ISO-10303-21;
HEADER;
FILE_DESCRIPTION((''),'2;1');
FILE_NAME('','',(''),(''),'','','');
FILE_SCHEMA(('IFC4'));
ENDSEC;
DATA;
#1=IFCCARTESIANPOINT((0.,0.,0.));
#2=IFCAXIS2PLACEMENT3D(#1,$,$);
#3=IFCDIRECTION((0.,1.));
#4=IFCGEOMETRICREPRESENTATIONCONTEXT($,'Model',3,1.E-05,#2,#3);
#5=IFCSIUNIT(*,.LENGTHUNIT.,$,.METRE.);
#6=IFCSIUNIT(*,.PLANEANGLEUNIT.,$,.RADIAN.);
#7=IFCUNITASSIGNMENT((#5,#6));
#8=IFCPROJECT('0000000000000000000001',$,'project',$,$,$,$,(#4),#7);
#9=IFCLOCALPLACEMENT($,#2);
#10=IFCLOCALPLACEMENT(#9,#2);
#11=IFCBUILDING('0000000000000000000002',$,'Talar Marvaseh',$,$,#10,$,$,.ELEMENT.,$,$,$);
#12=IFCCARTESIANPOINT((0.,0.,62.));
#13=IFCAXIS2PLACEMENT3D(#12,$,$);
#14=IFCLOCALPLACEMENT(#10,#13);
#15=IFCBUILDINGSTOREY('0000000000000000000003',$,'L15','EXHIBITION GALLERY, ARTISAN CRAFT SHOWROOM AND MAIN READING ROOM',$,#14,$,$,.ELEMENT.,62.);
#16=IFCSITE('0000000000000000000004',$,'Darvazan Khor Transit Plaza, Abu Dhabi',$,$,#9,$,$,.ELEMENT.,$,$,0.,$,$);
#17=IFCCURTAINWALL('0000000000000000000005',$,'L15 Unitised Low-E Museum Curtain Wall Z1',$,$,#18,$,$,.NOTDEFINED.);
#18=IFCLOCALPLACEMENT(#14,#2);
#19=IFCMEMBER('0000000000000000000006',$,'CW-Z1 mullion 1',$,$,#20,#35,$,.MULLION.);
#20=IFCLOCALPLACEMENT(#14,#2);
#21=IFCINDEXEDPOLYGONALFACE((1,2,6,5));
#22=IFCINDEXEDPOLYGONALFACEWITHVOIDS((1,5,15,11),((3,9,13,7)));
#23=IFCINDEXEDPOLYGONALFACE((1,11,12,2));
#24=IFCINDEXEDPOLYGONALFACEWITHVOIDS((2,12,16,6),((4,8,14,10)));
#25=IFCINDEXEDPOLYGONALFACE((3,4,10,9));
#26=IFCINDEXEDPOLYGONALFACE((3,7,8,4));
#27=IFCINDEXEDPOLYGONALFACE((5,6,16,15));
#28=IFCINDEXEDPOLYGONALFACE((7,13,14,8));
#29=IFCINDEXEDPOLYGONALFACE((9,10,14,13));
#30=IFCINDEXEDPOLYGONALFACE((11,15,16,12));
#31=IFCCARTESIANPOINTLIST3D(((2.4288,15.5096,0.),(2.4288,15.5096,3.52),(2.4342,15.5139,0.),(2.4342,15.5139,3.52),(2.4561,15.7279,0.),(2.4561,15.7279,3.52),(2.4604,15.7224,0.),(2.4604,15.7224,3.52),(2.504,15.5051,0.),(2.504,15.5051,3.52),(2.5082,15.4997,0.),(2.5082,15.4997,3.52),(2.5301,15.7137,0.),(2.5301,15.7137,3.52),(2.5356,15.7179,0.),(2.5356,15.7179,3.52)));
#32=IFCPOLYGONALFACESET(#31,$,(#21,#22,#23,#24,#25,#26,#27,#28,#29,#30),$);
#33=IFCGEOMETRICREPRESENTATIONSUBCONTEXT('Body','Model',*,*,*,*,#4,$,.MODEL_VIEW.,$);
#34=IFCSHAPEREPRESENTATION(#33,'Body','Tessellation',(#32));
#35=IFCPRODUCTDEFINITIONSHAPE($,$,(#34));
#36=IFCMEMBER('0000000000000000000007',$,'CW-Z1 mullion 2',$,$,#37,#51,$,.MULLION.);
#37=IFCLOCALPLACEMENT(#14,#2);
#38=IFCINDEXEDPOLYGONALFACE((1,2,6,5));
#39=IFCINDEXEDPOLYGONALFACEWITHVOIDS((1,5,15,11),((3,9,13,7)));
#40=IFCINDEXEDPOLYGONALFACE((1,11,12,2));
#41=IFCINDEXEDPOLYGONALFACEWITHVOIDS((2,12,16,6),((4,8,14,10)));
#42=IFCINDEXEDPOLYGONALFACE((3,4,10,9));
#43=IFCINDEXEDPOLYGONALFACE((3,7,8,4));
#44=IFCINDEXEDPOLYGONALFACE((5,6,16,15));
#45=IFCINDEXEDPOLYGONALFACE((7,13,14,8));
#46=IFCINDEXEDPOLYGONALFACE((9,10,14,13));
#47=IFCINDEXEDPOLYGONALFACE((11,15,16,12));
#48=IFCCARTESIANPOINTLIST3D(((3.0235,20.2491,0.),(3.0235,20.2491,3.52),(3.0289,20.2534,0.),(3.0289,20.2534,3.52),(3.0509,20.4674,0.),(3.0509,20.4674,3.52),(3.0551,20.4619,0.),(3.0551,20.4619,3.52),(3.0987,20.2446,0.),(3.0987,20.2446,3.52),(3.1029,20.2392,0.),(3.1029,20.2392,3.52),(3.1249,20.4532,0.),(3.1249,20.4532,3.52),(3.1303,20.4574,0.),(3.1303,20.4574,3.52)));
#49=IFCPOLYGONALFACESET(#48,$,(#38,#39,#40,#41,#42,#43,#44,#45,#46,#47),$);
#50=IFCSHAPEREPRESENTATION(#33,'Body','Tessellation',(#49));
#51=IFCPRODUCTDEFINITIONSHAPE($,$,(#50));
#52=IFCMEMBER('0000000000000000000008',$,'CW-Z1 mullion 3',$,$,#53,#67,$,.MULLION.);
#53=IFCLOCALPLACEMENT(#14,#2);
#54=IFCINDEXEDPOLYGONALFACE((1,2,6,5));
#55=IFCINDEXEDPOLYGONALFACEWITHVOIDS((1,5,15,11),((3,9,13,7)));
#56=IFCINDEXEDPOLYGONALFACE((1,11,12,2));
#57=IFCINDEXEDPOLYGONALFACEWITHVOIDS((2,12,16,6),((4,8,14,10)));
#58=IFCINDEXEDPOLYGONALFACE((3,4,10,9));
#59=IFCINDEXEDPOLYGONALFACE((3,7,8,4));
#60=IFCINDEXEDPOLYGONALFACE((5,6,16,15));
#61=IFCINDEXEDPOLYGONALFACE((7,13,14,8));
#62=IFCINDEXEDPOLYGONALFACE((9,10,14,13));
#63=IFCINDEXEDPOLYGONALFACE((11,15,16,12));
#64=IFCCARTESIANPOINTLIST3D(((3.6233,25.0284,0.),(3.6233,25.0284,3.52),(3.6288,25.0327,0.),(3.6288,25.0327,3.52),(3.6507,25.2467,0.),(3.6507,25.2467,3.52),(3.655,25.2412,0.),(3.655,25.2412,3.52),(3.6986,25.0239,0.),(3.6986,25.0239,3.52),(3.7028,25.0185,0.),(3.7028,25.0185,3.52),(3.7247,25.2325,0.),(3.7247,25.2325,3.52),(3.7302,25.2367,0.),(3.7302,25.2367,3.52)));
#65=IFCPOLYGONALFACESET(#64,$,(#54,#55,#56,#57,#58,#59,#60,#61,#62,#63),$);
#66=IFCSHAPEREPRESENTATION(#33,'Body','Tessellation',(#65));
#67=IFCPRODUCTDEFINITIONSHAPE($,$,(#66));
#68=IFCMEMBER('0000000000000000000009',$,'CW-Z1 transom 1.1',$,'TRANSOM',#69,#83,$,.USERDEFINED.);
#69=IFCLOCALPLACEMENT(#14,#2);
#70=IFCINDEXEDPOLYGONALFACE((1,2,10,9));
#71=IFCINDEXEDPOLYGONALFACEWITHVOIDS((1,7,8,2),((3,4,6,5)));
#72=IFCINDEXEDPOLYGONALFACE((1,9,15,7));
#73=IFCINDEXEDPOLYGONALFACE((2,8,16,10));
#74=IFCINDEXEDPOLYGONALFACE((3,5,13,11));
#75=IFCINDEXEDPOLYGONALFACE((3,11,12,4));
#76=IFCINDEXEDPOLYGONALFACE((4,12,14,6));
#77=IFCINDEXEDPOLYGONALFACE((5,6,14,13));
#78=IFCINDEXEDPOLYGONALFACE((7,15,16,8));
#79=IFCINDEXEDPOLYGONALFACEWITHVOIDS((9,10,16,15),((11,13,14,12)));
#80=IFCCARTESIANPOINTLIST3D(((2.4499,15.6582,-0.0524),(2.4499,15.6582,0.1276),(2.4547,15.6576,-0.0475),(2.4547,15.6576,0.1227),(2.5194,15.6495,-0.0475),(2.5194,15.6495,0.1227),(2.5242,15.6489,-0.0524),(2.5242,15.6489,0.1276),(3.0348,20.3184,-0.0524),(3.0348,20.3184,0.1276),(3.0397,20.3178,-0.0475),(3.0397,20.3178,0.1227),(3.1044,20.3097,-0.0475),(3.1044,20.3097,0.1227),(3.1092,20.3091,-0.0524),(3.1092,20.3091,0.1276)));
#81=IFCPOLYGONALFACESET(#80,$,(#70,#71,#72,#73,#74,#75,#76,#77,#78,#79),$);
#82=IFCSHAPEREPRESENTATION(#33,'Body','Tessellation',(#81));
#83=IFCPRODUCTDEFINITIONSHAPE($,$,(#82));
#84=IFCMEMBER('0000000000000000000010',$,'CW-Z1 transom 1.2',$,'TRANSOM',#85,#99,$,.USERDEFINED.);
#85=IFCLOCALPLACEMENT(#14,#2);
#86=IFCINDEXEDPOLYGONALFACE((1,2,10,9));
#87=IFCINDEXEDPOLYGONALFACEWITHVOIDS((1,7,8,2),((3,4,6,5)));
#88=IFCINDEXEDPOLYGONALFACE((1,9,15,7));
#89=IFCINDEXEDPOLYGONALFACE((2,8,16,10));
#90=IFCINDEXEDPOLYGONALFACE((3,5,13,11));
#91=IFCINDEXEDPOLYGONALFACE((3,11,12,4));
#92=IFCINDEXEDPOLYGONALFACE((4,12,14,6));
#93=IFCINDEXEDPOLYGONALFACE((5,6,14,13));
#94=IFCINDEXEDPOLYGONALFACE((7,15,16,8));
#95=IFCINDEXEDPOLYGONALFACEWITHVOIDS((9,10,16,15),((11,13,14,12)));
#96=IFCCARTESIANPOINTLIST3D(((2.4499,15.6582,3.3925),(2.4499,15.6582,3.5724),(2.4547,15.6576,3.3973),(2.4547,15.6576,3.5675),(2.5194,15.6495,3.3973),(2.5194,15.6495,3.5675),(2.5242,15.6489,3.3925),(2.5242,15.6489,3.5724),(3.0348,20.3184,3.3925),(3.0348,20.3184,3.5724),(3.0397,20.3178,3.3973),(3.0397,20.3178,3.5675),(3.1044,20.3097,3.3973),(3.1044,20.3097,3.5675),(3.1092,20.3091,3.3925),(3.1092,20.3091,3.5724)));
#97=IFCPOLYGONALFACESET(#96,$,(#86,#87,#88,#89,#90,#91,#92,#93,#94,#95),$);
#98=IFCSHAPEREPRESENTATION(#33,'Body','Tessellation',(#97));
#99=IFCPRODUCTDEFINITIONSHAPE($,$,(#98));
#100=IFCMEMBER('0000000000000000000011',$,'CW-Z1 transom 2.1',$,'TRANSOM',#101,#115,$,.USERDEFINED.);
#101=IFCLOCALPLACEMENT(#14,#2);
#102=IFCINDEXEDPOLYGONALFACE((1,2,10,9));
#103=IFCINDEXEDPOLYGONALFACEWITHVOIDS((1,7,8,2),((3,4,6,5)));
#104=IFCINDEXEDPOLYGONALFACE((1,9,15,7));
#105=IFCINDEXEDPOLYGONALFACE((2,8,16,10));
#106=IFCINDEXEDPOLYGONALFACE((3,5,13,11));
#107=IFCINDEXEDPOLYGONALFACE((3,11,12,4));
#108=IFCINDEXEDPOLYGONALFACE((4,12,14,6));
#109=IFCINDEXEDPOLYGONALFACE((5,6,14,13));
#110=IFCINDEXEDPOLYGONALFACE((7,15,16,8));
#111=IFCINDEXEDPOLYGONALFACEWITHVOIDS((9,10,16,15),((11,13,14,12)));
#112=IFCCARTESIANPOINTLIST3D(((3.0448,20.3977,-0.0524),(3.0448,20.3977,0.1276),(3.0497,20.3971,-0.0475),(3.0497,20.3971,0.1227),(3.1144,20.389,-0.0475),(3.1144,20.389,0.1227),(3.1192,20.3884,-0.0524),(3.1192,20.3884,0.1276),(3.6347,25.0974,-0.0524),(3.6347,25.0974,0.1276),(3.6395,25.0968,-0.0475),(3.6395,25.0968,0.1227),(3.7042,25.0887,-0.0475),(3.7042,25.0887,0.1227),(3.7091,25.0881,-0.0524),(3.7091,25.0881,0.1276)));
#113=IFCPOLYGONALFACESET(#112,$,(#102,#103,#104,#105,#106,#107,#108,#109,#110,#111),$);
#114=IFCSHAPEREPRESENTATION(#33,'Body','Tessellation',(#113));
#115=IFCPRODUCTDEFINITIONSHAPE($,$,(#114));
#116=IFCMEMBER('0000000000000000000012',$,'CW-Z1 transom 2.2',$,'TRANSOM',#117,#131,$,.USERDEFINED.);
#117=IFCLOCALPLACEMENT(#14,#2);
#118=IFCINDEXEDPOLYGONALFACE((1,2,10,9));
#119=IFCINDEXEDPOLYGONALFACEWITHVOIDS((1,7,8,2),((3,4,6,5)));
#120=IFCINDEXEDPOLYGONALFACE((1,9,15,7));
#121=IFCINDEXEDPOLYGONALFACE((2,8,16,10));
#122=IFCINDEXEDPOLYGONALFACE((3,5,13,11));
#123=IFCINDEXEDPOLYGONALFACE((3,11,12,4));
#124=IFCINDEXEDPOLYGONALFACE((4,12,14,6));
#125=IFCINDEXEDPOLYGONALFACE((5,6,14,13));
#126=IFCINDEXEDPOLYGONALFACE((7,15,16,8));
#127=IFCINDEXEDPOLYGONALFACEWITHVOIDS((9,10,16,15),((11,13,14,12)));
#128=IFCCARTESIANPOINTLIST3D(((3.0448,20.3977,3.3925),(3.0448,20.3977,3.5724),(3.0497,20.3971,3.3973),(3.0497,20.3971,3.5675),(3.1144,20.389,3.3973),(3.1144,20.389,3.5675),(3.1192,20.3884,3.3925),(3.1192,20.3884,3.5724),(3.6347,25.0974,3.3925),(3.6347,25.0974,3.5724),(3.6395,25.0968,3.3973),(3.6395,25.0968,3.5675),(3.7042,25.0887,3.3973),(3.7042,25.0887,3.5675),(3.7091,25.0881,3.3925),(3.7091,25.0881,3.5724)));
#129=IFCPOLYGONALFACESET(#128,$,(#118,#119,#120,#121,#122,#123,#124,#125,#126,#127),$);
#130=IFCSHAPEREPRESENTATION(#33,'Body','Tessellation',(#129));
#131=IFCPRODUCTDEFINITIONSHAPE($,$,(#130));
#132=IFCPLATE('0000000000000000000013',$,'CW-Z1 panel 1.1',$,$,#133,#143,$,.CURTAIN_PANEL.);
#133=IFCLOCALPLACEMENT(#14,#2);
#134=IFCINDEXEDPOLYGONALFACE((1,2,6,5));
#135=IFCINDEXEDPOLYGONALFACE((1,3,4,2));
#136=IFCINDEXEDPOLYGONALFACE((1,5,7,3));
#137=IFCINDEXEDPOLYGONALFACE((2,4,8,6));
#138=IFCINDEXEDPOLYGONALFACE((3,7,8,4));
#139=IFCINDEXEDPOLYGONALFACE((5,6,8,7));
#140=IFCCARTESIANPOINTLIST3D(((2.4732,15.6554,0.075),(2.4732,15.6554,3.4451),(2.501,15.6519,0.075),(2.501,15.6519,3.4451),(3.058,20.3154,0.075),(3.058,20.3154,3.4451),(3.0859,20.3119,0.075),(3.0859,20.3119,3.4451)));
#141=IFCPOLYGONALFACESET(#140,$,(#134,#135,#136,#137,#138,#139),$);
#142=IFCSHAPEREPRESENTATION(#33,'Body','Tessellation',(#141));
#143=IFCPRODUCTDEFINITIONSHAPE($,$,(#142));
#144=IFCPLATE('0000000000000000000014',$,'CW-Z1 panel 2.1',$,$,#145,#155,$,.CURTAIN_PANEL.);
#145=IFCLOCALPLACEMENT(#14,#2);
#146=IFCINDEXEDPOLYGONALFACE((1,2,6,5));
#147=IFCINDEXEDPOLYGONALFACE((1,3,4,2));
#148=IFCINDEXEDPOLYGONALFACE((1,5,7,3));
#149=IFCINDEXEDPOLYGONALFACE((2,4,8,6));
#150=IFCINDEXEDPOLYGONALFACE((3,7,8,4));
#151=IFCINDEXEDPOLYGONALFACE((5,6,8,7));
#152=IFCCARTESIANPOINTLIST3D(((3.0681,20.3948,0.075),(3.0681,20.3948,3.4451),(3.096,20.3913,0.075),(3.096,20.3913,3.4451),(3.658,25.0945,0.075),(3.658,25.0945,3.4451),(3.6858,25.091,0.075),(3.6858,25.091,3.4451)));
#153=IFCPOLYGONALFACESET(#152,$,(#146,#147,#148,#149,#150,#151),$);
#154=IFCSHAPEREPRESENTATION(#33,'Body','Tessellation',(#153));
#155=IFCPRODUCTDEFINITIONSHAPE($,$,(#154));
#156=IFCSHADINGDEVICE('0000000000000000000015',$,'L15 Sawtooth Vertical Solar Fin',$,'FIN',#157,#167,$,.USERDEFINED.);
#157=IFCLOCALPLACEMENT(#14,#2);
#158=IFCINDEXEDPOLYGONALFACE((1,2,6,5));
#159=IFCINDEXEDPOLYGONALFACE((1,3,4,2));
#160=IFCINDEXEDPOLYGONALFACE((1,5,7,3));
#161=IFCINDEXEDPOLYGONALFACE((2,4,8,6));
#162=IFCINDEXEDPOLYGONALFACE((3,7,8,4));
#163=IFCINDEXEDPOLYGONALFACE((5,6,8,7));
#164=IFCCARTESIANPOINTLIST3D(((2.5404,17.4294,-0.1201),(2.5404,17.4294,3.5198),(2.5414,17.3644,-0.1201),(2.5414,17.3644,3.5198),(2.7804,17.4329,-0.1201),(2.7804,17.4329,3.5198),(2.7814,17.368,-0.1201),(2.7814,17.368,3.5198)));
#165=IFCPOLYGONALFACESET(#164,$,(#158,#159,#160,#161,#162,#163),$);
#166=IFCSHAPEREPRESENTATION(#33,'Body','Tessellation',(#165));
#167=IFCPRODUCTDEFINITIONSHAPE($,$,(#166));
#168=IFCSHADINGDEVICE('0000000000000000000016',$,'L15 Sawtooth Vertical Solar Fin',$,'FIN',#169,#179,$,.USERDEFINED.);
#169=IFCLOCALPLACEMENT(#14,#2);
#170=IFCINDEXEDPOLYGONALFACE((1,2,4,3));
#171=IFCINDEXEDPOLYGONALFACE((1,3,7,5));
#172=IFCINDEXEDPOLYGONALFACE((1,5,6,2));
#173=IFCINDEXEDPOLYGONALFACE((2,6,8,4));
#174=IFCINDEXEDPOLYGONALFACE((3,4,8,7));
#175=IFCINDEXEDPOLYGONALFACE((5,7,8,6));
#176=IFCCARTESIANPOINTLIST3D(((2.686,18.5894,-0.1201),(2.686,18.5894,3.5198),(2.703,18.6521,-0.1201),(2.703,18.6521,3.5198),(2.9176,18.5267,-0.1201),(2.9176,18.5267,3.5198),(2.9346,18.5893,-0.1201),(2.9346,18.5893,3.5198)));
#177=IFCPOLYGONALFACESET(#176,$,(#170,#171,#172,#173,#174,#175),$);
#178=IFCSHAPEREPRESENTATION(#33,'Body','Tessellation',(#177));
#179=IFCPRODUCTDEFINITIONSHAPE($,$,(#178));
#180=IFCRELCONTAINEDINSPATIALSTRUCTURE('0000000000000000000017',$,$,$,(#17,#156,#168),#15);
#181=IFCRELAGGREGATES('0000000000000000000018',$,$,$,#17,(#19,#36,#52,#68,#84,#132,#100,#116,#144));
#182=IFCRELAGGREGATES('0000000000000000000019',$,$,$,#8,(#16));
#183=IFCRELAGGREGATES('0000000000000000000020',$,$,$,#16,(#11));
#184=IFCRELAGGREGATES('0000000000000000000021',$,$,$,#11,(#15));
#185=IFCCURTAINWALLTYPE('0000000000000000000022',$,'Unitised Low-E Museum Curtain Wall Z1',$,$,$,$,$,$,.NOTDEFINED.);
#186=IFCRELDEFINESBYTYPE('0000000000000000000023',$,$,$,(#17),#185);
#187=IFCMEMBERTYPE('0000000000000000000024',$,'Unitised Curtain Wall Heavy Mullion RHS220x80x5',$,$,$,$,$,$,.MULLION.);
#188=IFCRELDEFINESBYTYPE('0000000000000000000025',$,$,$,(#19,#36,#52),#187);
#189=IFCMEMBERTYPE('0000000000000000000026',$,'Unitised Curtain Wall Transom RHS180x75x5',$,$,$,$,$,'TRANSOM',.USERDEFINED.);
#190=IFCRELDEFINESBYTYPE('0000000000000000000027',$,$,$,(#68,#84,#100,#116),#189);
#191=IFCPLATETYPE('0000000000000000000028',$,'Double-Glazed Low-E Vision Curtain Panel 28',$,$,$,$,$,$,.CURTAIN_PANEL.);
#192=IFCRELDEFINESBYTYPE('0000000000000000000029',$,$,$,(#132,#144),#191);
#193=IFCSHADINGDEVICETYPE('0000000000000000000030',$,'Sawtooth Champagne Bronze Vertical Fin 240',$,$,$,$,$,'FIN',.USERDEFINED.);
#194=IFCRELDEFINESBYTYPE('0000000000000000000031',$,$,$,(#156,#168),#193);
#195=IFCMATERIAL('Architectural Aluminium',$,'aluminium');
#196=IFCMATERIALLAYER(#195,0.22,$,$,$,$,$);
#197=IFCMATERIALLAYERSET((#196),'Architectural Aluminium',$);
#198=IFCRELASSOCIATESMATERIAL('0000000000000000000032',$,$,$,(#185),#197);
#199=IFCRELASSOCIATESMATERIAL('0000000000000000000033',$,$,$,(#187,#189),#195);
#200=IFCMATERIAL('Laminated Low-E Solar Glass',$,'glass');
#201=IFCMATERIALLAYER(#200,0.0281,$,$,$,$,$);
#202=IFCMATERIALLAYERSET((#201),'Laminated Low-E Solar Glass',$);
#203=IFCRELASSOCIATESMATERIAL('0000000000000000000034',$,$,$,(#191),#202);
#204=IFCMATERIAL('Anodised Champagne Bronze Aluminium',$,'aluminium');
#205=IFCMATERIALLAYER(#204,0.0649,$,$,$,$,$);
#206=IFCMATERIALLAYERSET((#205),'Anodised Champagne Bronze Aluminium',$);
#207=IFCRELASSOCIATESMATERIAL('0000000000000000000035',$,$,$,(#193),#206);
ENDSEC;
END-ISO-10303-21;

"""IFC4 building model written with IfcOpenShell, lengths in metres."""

from ifc_helpers import new_model, si_unit, direction, frame, origin, origin_2d, place, context, subcontext, project, spatial, rectangle, hollow_rectangle, extrude, source, transform, mapped, material, layer, layer_set, material_profile, profile_set, type_object, type_shapes, element, aggregate, save


model = new_model("IFC4")

# Units and contexts
model_context = context("Model", 3, precision=1e-05, world=origin(), true_north=direction((0.0, 1.0)))
body_context = subcontext(model_context, "Body", "Model", "MODEL_VIEW")
ifc_project = project(units=[si_unit("LENGTHUNIT", "METRE"), si_unit("PLANEANGLEUNIT", "RADIAN")], contexts=[model_context])

# Site, building, storey
site_placement = place(None, origin())
site = spatial("IfcSite", under=ifc_project, at=site_placement, Name="Darvazan Khor Transit Plaza, Abu Dhabi", CompositionType="ELEMENT", RefElevation=0.0)
building_placement = place(site_placement, origin())
building = spatial("IfcBuilding", under=site, at=building_placement, Name="Talar Marvaseh", CompositionType="ELEMENT")
storey_placement = place(building_placement, frame((0.0, 0.0, 62.0)))
storey = spatial("IfcBuildingStorey", under=building, at=storey_placement, Name="L15", Description="EXHIBITION GALLERY, ARTISAN CRAFT SHOWROOM AND MAIN READING ROOM", CompositionType="ELEMENT", Elevation=62.0)

# Curtain wall, members, plates
ifc_material_1 = material(Name="Architectural Aluminium", Category="aluminium")
ifc_layer_1 = layer(ifc_material_1, 0.22)
ifc_layer_set_1 = layer_set([ifc_layer_1], Name="Architectural Aluminium")
curtain_wall_type = type_object("IfcCurtainWallType", Name="Unitised Low-E Museum Curtain Wall Z1", PredefinedType="NOTDEFINED", material=ifc_layer_set_1)
curtain_wall_placement = place(storey_placement, origin())
curtain_wall = element("IfcCurtainWall", 1, at=curtain_wall_placement, inside=storey, type_object=curtain_wall_type, Name="L15 Unitised Low-E Museum Curtain Wall Z1", PredefinedType="NOTDEFINED")
ifc_material_profile_1 = material_profile(ifc_material_1, hollow_rectangle(XDim=0.0801, YDim=0.22, WallThickness=0.0049, at=origin_2d()), Name="RHS220x80x5")
ifc_profile_set_1 = profile_set([ifc_material_profile_1], Name="Architectural Aluminium")
member_type_1 = type_object("IfcMemberType", Name="Unitised Curtain Wall Heavy Mullion RHS220x80x5", PredefinedType="MULLION", material=ifc_profile_set_1)
shared_shape_1 = source(origin(), body_context, "Body", "SweptSolid", [
    extrude(hollow_rectangle(XDim=0.0801, YDim=0.22, WallThickness=0.0049, at=origin_2d()), origin(), (0.0, 0.0, 1.0), 3.52),
])
type_shapes(member_type_1, [shared_shape_1])
member_1_placement = place(storey_placement, frame((2.4822, 15.6138, 0.0), z_axis=(0.0, 0.0, 1.0), x_axis=(-0.992216, 0.124532, 0.0)))
member_1 = element("IfcMember", 2, at=member_1_placement, type_object=member_type_1, Name="CW-Z1 mullion 1", PredefinedType="MULLION", context=body_context, shape_type="MappedRepresentation", body=[
    mapped(shared_shape_1, transform((0.0, 0.0, 0.0), x_axis=(1.0, 0.0, 0.0), y_axis=(0.0, 1.0, 0.0), z_axis=(0.0, 0.0, 1.0), scale=1.0)),
])
member_2_placement = place(storey_placement, frame((3.0769, 20.3533, 0.0), z_axis=(0.0, 0.0, 1.0), x_axis=(-0.992216, 0.124532, 0.0)))
member_2 = element("IfcMember", 3, at=member_2_placement, type_object=member_type_1, Name="CW-Z1 mullion 2", PredefinedType="MULLION", context=body_context, shape_type="MappedRepresentation", body=[
    mapped(shared_shape_1, transform((0.0, 0.0, 0.0), x_axis=(1.0, 0.0, 0.0), y_axis=(0.0, 1.0, 0.0), z_axis=(0.0, 0.0, 1.0), scale=1.0)),
])
member_3_placement = place(storey_placement, frame((3.6768, 25.1326, 0.0), z_axis=(0.0, 0.0, 1.0), x_axis=(-0.992216, 0.124532, 0.0)))
member_3 = element("IfcMember", 4, at=member_3_placement, type_object=member_type_1, Name="CW-Z1 mullion 3", PredefinedType="MULLION", context=body_context, shape_type="MappedRepresentation", body=[
    mapped(shared_shape_1, transform((0.0, 0.0, 0.0), x_axis=(1.0, 0.0, 0.0), y_axis=(0.0, 1.0, 0.0), z_axis=(0.0, 0.0, 1.0), scale=1.0)),
])
ifc_material_profile_2 = material_profile(ifc_material_1, hollow_rectangle(XDim=0.075, YDim=0.1799, WallThickness=0.0049, at=origin_2d()), Name="RHS180x75x5")
ifc_profile_set_2 = profile_set([ifc_material_profile_2], Name="Architectural Aluminium")
member_type_2 = type_object("IfcMemberType", Name="Unitised Curtain Wall Transom RHS180x75x5", ElementType="TRANSOM", PredefinedType="USERDEFINED", material=ifc_profile_set_2)
shared_shape_2 = source(origin(), body_context, "Body", "SweptSolid", [
    extrude(hollow_rectangle(XDim=0.075, YDim=0.1799, WallThickness=0.0049, at=origin_2d()), origin(), (0.0, 0.0, 1.0), 4.6968),
])
member_4_placement = place(storey_placement, frame((2.4871, 15.6536, 0.0376), z_axis=(0.124547, 0.992214, 0.0), x_axis=(-0.992214, 0.124547, 0.0)))
member_4 = element("IfcMember", 5, at=member_4_placement, type_object=member_type_2, Name="CW-Z1 transom 1.1", ObjectType="TRANSOM", PredefinedType="USERDEFINED", context=body_context, shape_type="MappedRepresentation", body=[
    mapped(shared_shape_2, transform((0.0, 0.0, 0.0), x_axis=(1.0, 0.0, 0.0), y_axis=(0.0, 1.0, 0.0), z_axis=(0.0, 0.0, 1.0), scale=1.0)),
])
member_5_placement = place(storey_placement, frame((2.4871, 15.6536, 3.4824), z_axis=(0.124547, 0.992214, 0.0), x_axis=(-0.992214, 0.124547, 0.0)))
member_5 = element("IfcMember", 6, at=member_5_placement, type_object=member_type_2, Name="CW-Z1 transom 1.2", ObjectType="TRANSOM", PredefinedType="USERDEFINED", context=body_context, shape_type="MappedRepresentation", body=[
    mapped(shared_shape_2, transform((0.0, 0.0, 0.0), x_axis=(1.0, 0.0, 0.0), y_axis=(0.0, 1.0, 0.0), z_axis=(0.0, 0.0, 1.0), scale=1.0)),
])
shared_shape_3 = source(origin(), body_context, "Body", "SweptSolid", [
    extrude(hollow_rectangle(XDim=0.075, YDim=0.1799, WallThickness=0.0049, at=origin_2d()), origin(), (0.0, 0.0, 1.0), 4.7366),
])
type_shapes(member_type_2, [shared_shape_2, shared_shape_3])
member_6_placement = place(storey_placement, frame((3.082, 20.3931, 0.0376), z_axis=(0.12453, 0.992216, 0.0), x_axis=(-0.992216, 0.12453, 0.0)))
member_6 = element("IfcMember", 7, at=member_6_placement, type_object=member_type_2, Name="CW-Z1 transom 2.1", ObjectType="TRANSOM", PredefinedType="USERDEFINED", context=body_context, shape_type="MappedRepresentation", body=[
    mapped(shared_shape_3, transform((0.0, 0.0, 0.0), x_axis=(1.0, 0.0, 0.0), y_axis=(0.0, 1.0, 0.0), z_axis=(0.0, 0.0, 1.0), scale=1.0)),
])
member_7_placement = place(storey_placement, frame((3.082, 20.3931, 3.4824), z_axis=(0.12453, 0.992216, 0.0), x_axis=(-0.992216, 0.12453, 0.0)))
member_7 = element("IfcMember", 8, at=member_7_placement, type_object=member_type_2, Name="CW-Z1 transom 2.2", ObjectType="TRANSOM", PredefinedType="USERDEFINED", context=body_context, shape_type="MappedRepresentation", body=[
    mapped(shared_shape_3, transform((0.0, 0.0, 0.0), x_axis=(1.0, 0.0, 0.0), y_axis=(0.0, 1.0, 0.0), z_axis=(0.0, 0.0, 1.0), scale=1.0)),
])
ifc_material_2 = material(Name="Laminated Low-E Solar Glass", Category="glass")
ifc_layer_2 = layer(ifc_material_2, 0.0281)
ifc_layer_set_2 = layer_set([ifc_layer_2], Name="Laminated Low-E Solar Glass")
plate_type = type_object("IfcPlateType", Name="Double-Glazed Low-E Vision Curtain Panel 28", PredefinedType="CURTAIN_PANEL", material=ifc_layer_set_2)
shared_shape_4 = source(origin(), body_context, "Body", "SweptSolid", [
    extrude(rectangle(XDim=4.6965, YDim=0.0281, at=origin_2d()), origin(), (0.0, 0.0, 1.0), 3.3701),
])
plate_1_placement = place(storey_placement, frame((2.7795, 17.9836, 0.075), z_axis=(0.0, 0.0, 1.0), x_axis=(0.124532, 0.992216, 0.0)))
plate_1 = element("IfcPlate", 9, at=plate_1_placement, type_object=plate_type, Name="CW-Z1 panel 1.1", PredefinedType="CURTAIN_PANEL", context=body_context, shape_type="MappedRepresentation", body=[
    mapped(shared_shape_4, transform((0.0, 0.0, 0.0), x_axis=(1.0, 0.0, 0.0), y_axis=(0.0, 1.0, 0.0), z_axis=(0.0, 0.0, 1.0), scale=1.0)),
])
shared_shape_5 = source(origin(), body_context, "Body", "SweptSolid", [
    extrude(rectangle(XDim=4.7366, YDim=0.0281, at=origin_2d()), origin(), (0.0, 0.0, 1.0), 3.3701),
])
type_shapes(plate_type, [shared_shape_4, shared_shape_5])
plate_2_placement = place(storey_placement, frame((3.377, 22.7429, 0.075), z_axis=(0.0, 0.0, 1.0), x_axis=(0.124532, 0.992216, 0.0)))
plate_2 = element("IfcPlate", 10, at=plate_2_placement, type_object=plate_type, Name="CW-Z1 panel 2.1", PredefinedType="CURTAIN_PANEL", context=body_context, shape_type="MappedRepresentation", body=[
    mapped(shared_shape_5, transform((0.0, 0.0, 0.0), x_axis=(1.0, 0.0, 0.0), y_axis=(0.0, 1.0, 0.0), z_axis=(0.0, 0.0, 1.0), scale=1.0)),
])
aggregate(curtain_wall, [member_1, member_2, member_3, member_4, member_5, plate_1, member_6, member_7, plate_2])

# Shading devices
ifc_material_3 = material(Name="Anodised Champagne Bronze Aluminium", Category="aluminium")
ifc_layer_3 = layer(ifc_material_3, 0.0649)
ifc_layer_set_3 = layer_set([ifc_layer_3], Name="Anodised Champagne Bronze Aluminium")
shading_device_type_1 = type_object("IfcShadingDeviceType", Name="Sawtooth Champagne Bronze Vertical Fin 240", ElementType="FIN", PredefinedType="USERDEFINED", material=ifc_layer_set_3)
shared_shape_6 = source(origin(), body_context, "Body", "SweptSolid", [
    extrude(rectangle(XDim=0.24, YDim=0.0649, at=origin_2d()), origin(), (0.0, 0.0, 1.0), 3.6399),
])
type_shapes(shading_device_type_1, [shared_shape_6])
for number, where, z_axis, x_axis, name in (
    (11, (2.6609, 17.3987, -0.1201), (0.0, 0.0, 1.0), (-0.99989, -0.014835, 0.0), "L15 Sawtooth Vertical Solar Fin"),
    (12, (2.8103, 18.5894, -0.1201), (0.0, 0.0, 1.0), (-0.965245, 0.261347, 0.0), "L15 Sawtooth Vertical Solar Fin"),
):
    element("IfcShadingDevice", number, at=place(storey_placement, frame(where, z_axis=z_axis, x_axis=x_axis)), inside=storey, type_object=shading_device_type_1, Name=name, ObjectType="FIN", PredefinedType="USERDEFINED", context=body_context, shape_type="MappedRepresentation", body=[
        mapped(shared_shape_6, transform((0.0, 0.0, 0.0), x_axis=(1.0, 0.0, 0.0), y_axis=(0.0, 1.0, 0.0), z_axis=(0.0, 0.0, 1.0), scale=1.0)),
    ])

save(model, "model.ifc")
